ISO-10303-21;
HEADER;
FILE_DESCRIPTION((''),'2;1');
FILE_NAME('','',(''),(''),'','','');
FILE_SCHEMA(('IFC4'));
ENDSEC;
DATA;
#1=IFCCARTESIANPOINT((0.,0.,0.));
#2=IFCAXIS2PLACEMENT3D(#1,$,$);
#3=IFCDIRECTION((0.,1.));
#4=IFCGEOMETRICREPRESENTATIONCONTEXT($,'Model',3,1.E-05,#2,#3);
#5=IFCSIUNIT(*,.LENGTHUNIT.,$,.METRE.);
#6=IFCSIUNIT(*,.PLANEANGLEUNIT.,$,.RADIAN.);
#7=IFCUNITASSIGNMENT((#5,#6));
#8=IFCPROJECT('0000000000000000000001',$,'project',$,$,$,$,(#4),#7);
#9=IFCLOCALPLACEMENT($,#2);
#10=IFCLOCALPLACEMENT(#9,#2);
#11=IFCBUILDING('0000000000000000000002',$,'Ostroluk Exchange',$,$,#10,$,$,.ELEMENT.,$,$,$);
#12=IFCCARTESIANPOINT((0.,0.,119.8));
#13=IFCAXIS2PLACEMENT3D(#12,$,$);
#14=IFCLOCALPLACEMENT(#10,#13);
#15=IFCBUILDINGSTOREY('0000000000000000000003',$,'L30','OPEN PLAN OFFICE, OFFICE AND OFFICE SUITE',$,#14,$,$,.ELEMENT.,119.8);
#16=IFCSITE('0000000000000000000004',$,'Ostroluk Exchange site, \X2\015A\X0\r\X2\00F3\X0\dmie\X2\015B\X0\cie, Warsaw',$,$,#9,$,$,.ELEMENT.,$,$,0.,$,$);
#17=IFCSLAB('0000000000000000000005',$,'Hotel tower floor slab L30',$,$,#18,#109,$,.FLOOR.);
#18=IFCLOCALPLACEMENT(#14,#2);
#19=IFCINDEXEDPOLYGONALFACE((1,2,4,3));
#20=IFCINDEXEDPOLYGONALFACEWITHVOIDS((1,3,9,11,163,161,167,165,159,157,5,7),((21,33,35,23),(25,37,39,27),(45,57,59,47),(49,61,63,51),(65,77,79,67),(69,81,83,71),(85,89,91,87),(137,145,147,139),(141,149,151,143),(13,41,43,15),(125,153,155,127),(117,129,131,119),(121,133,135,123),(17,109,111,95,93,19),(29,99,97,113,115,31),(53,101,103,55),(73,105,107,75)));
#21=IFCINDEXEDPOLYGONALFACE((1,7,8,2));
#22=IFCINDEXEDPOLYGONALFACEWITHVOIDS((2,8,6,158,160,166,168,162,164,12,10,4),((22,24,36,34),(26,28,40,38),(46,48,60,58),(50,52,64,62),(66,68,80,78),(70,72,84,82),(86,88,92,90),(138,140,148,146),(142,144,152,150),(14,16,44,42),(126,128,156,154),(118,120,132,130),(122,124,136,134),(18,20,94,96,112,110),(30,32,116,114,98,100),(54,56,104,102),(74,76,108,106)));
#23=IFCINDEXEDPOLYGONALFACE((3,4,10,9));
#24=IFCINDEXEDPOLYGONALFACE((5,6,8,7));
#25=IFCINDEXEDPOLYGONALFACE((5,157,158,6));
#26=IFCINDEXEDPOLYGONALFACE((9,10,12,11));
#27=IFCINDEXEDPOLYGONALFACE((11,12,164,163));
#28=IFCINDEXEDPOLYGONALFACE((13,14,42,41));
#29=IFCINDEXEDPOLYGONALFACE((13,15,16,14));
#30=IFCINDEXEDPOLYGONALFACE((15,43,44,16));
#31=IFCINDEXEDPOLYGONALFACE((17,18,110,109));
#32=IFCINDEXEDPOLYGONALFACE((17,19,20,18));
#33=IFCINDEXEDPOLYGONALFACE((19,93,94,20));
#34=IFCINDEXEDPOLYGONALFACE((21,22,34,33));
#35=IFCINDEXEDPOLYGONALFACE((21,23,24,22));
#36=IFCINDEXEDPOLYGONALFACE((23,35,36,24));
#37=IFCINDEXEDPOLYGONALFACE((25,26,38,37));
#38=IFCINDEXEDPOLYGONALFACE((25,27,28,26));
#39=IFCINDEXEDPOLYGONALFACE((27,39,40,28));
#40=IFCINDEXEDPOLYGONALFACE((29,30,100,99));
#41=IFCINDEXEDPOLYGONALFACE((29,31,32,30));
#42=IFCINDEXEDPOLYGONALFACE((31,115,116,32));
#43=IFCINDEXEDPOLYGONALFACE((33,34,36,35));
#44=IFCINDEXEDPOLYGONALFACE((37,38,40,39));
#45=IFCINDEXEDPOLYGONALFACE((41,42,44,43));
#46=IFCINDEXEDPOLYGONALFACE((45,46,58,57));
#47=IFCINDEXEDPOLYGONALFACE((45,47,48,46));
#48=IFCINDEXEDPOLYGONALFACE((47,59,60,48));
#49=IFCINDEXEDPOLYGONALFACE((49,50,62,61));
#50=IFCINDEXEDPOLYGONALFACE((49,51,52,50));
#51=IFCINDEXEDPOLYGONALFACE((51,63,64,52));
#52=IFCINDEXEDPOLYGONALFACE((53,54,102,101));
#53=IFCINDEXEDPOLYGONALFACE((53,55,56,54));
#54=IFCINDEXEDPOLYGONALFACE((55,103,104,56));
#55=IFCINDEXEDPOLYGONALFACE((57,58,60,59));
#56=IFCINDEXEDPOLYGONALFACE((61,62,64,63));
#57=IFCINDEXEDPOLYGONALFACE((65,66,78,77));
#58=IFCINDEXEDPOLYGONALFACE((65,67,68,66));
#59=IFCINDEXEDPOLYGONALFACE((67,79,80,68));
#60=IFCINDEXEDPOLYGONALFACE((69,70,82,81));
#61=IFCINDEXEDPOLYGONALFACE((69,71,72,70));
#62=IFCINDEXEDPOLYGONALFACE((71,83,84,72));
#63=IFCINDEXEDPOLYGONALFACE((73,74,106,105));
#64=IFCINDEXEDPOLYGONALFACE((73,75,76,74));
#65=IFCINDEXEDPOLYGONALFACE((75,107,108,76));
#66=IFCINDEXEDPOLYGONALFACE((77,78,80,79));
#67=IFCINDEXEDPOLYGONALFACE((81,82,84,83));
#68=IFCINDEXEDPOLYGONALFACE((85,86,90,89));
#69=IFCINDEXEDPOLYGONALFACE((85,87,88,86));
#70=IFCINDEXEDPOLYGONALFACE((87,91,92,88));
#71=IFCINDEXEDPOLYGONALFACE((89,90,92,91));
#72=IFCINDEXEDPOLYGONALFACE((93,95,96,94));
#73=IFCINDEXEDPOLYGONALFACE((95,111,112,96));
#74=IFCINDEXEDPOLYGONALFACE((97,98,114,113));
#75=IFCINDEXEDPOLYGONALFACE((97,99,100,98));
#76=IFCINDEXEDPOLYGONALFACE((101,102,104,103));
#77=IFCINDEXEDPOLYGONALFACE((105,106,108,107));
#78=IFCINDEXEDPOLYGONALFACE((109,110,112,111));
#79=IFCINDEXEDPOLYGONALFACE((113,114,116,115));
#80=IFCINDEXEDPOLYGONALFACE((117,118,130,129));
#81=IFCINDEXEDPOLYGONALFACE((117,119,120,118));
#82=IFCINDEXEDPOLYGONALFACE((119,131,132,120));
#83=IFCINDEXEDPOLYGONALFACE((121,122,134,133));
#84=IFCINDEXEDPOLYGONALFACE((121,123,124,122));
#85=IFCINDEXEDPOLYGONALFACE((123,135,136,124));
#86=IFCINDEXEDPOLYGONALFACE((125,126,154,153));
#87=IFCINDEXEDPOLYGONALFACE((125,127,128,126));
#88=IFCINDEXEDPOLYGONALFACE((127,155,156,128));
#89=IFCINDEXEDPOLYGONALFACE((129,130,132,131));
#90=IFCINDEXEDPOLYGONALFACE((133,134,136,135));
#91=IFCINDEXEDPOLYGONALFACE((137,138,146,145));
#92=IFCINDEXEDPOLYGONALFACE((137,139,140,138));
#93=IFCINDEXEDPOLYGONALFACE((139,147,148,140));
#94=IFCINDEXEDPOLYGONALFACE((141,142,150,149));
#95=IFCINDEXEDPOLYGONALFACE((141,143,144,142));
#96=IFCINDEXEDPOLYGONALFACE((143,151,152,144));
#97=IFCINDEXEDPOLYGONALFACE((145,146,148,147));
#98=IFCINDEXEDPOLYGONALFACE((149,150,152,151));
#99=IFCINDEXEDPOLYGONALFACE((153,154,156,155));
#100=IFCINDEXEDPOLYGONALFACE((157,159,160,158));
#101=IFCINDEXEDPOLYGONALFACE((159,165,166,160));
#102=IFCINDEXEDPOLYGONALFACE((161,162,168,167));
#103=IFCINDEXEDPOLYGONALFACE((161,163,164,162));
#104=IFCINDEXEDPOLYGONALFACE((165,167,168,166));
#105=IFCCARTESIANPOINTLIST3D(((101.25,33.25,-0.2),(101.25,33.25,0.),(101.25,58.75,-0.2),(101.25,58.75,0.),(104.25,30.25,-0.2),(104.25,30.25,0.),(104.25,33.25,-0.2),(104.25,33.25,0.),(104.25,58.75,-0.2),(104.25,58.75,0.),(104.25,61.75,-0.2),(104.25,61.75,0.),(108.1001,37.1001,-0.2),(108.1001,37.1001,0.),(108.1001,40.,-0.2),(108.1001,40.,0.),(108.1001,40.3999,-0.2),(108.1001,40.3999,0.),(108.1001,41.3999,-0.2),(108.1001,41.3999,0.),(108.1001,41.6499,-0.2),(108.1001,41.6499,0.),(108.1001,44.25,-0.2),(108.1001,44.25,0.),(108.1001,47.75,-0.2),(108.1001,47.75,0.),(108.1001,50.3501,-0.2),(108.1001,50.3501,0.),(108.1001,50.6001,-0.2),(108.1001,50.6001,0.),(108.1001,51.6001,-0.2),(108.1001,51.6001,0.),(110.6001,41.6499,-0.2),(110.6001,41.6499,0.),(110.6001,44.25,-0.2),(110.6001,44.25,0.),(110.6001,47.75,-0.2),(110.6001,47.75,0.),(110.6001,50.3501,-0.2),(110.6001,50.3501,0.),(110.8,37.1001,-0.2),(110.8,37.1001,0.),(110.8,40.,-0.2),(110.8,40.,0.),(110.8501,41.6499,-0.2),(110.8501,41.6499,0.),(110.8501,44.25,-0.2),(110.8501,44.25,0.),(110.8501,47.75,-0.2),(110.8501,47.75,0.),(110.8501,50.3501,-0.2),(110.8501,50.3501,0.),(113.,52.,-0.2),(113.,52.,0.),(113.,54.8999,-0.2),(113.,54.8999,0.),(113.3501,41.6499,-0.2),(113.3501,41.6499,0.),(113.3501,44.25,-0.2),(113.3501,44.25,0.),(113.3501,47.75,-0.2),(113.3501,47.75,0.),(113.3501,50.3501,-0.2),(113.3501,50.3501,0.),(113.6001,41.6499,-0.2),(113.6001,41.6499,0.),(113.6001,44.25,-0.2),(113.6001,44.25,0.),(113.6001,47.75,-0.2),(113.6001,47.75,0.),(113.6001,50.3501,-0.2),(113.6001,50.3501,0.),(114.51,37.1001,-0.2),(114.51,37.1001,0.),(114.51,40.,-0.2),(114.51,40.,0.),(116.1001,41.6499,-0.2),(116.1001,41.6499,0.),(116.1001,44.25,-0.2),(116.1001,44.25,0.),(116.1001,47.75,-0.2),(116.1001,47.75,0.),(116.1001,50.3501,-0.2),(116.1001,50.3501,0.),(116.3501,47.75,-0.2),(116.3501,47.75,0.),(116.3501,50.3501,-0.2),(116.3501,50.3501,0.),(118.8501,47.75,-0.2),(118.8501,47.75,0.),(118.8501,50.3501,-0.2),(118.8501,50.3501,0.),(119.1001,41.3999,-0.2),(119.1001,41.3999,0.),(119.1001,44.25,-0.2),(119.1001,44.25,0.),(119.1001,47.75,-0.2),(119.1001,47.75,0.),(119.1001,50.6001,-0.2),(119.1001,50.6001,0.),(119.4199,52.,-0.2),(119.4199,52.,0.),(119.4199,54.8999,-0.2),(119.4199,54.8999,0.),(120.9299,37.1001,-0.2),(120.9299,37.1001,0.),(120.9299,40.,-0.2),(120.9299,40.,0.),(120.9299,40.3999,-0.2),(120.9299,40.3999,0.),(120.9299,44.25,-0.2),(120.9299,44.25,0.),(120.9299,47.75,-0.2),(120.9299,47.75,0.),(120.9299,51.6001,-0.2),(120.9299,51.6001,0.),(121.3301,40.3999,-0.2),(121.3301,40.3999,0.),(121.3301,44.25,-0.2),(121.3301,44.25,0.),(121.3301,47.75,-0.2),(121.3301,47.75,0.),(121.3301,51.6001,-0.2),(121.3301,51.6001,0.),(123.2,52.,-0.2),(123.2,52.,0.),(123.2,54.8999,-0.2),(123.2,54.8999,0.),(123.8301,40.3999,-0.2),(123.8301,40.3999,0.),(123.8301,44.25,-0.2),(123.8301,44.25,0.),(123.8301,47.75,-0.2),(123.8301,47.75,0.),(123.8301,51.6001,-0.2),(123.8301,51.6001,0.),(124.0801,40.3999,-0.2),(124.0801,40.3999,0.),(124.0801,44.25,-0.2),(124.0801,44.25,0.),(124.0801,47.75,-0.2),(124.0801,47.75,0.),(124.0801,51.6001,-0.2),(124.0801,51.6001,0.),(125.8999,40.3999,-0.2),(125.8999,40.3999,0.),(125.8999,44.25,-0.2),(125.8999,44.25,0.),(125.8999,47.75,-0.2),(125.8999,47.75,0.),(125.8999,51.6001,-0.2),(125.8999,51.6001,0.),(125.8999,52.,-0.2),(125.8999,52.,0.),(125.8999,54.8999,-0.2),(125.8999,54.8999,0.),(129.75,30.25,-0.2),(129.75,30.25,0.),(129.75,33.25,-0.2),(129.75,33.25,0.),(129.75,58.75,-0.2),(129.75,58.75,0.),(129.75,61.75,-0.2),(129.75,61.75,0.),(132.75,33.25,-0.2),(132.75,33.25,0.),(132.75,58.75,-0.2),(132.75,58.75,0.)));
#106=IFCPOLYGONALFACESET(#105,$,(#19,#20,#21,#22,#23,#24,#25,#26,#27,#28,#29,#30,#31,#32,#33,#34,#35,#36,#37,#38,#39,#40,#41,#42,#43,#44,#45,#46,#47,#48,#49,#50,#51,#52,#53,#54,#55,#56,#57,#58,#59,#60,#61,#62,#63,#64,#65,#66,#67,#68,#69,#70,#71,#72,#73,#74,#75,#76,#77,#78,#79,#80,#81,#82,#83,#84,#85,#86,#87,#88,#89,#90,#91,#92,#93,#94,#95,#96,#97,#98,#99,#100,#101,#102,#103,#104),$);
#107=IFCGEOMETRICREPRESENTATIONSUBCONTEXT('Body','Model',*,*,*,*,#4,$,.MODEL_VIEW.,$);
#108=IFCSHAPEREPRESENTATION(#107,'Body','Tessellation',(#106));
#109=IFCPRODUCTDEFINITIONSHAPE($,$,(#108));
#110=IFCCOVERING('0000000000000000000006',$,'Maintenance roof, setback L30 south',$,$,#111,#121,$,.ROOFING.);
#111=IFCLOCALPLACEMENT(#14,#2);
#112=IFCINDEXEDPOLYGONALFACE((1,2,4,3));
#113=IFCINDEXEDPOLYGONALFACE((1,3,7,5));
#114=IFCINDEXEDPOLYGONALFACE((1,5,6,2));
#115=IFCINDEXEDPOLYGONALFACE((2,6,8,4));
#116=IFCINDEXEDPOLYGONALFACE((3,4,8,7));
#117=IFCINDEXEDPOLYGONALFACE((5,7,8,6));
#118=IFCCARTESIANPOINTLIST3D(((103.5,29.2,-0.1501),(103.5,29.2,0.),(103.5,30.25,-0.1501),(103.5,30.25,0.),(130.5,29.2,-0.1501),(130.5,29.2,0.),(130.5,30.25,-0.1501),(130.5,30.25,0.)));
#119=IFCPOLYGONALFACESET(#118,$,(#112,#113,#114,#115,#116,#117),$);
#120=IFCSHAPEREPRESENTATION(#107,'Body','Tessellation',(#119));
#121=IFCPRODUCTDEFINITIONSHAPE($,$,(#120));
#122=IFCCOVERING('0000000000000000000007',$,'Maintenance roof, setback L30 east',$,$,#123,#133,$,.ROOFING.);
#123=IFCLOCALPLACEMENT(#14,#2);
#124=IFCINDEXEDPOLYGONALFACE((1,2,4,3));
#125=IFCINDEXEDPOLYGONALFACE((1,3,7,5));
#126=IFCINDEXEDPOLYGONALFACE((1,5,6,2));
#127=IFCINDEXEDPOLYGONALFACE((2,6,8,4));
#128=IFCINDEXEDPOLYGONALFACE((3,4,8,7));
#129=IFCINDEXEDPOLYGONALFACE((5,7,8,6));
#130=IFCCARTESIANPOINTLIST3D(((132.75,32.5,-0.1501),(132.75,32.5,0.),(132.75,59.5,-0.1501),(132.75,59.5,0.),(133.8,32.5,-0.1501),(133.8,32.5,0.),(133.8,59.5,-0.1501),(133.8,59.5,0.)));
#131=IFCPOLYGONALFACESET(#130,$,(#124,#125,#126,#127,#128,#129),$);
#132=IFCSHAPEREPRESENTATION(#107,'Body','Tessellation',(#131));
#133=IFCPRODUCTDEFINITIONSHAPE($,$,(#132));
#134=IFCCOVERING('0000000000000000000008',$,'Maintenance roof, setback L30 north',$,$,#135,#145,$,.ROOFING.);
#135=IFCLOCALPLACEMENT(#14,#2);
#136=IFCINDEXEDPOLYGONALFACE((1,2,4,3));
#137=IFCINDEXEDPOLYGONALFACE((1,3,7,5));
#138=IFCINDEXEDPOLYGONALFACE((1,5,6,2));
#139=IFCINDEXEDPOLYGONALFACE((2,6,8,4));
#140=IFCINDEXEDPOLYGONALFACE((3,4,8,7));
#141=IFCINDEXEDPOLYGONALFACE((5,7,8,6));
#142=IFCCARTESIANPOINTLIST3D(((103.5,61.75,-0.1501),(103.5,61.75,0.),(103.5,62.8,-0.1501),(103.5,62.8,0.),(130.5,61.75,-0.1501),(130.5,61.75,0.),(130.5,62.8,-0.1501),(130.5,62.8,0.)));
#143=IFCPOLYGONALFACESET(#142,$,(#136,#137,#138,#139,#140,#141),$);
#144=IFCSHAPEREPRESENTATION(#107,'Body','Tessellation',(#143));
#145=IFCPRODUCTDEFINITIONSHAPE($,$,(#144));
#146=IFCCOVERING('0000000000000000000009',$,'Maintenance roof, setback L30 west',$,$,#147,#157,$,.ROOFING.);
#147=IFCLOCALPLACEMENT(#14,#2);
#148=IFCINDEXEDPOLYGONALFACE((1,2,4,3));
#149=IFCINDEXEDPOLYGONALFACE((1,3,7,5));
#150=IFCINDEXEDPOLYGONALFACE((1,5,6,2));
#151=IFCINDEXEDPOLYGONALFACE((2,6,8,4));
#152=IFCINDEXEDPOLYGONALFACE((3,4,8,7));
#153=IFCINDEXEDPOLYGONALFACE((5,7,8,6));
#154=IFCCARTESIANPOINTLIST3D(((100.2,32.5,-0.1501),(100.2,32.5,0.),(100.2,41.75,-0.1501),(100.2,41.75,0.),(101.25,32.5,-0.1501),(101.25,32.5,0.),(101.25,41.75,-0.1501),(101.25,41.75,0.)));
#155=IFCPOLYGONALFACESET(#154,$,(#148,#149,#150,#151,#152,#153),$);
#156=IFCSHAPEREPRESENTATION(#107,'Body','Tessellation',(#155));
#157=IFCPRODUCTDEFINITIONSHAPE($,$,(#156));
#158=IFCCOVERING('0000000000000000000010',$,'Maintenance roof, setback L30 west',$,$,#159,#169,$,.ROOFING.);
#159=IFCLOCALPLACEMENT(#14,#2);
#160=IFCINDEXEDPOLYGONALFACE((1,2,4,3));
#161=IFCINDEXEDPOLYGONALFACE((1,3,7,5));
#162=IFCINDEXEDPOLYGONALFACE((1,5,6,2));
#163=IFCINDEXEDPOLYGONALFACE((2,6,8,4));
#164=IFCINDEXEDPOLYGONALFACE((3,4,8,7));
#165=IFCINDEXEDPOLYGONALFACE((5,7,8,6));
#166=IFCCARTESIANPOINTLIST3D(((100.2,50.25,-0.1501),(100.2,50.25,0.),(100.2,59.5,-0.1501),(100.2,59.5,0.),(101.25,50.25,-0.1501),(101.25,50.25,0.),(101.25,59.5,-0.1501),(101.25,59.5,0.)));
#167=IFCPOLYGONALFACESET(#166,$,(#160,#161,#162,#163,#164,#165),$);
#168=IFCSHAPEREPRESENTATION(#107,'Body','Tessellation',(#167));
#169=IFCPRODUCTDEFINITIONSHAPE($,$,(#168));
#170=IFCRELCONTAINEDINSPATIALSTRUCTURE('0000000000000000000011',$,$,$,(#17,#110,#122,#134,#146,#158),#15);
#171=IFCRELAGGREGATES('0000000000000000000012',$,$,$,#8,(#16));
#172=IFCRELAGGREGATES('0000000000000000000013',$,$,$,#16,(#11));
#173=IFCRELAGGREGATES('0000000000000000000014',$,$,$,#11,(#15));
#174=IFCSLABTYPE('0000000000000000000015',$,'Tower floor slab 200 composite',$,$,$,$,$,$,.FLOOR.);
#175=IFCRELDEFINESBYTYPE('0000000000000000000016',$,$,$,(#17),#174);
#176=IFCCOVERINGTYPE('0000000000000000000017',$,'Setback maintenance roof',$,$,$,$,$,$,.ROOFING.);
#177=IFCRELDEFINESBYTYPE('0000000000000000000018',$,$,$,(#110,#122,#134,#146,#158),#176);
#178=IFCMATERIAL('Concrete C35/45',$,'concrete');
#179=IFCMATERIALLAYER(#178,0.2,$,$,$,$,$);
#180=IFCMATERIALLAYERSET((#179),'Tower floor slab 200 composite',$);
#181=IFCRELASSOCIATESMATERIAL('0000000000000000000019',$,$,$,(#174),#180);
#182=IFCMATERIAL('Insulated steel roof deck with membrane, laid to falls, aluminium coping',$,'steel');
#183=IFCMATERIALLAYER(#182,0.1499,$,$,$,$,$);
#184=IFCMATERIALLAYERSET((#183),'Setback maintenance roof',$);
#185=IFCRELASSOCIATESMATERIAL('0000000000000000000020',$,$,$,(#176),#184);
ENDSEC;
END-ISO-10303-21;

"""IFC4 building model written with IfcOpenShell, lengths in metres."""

from ifc_helpers import new_model, si_unit, direction, frame, origin, place, context, subcontext, project, spatial, polyline, outline, extrude, material, layer, layer_set, type_object, element, save


model = new_model("IFC4")

# Units and contexts
model_context = context("Model", 3, precision=1e-05, world=origin(), true_north=direction((0.0, 1.0)))
body_context = subcontext(model_context, "Body", "Model", "MODEL_VIEW")
ifc_project = project(units=[si_unit("LENGTHUNIT", "METRE"), si_unit("PLANEANGLEUNIT", "RADIAN")], contexts=[model_context])

# Site, building, storey
site_placement = place(None, origin())
site = spatial("IfcSite", under=ifc_project, at=site_placement, Name="Ostroluk Exchange site, Śródmieście, Warsaw", CompositionType="ELEMENT", RefElevation=0.0)
building_placement = place(site_placement, origin())
building = spatial("IfcBuilding", under=site, at=building_placement, Name="Ostroluk Exchange", CompositionType="ELEMENT")
storey_placement = place(building_placement, frame((0.0, 0.0, 119.8)))
storey = spatial("IfcBuildingStorey", under=building, at=storey_placement, Name="L30", Description="OPEN PLAN OFFICE, OFFICE AND OFFICE SUITE", CompositionType="ELEMENT", Elevation=119.8)

# Slab
ifc_material_1 = material(Name="Concrete C35/45", Category="concrete")
ifc_layer_1 = layer(ifc_material_1, 0.2)
ifc_layer_set_1 = layer_set([ifc_layer_1], Name="Tower floor slab 200 composite")
slab_type_1 = type_object("IfcSlabType", Name="Tower floor slab 200 composite", PredefinedType="FLOOR", material=ifc_layer_set_1)
slab_1_placement = place(storey_placement, frame((0.0, 0.0, -0.2)))
element("IfcSlab", 1, at=slab_1_placement, inside=storey, type_object=slab_type_1, Name="Hotel tower floor slab L30", PredefinedType="FLOOR", context=body_context, shape_type="SweptSolid", body=[
    extrude(outline(polyline([(104.25, 30.25), (129.75, 30.25), (129.75, 33.25), (132.75, 33.25), (132.75, 58.75), (129.75, 58.75), (129.75, 61.75), (104.25, 61.75), (104.25, 58.75), (101.25, 58.75), (101.25, 33.25), (104.25, 33.25), (104.25, 30.25)]), holes=[polyline([(108.1001, 37.1001), (110.8, 37.1001), (110.8, 40.0), (108.1001, 40.0), (108.1001, 37.1001)]), polyline([(114.51, 37.1001), (120.9299, 37.1001), (120.9299, 40.0), (114.51, 40.0), (114.51, 37.1001)]), polyline([(113.0, 52.0), (119.4199, 52.0), (119.4199, 54.8999), (113.0, 54.8999), (113.0, 52.0)]), polyline([(123.2, 52.0), (125.8999, 52.0), (125.8999, 54.8999), (123.2, 54.8999), (123.2, 52.0)]), polyline([(108.1001, 47.75), (110.6001, 47.75), (110.6001, 50.3501), (108.1001, 50.3501), (108.1001, 47.75)]), polyline([(110.8501, 47.75), (113.3501, 47.75), (113.3501, 50.3501), (110.8501, 50.3501), (110.8501, 47.75)]), polyline([(113.6001, 47.75), (116.1001, 47.75), (116.1001, 50.3501), (113.6001, 50.3501), (113.6001, 47.75)]), polyline([(116.3501, 47.75), (118.8501, 47.75), (118.8501, 50.3501), (116.3501, 50.3501), (116.3501, 47.75)]), polyline([(108.1001, 41.6499), (110.6001, 41.6499), (110.6001, 44.25), (108.1001, 44.25), (108.1001, 41.6499)]), polyline([(110.8501, 41.6499), (113.3501, 41.6499), (113.3501, 44.25), (110.8501, 44.25), (110.8501, 41.6499)]), polyline([(113.6001, 41.6499), (116.1001, 41.6499), (116.1001, 44.25), (113.6001, 44.25), (113.6001, 41.6499)]), polyline([(121.3301, 47.75), (123.8301, 47.75), (123.8301, 51.6001), (121.3301, 51.6001), (121.3301, 47.75)]), polyline([(121.3301, 40.3999), (123.8301, 40.3999), (123.8301, 44.25), (121.3301, 44.25), (121.3301, 40.3999)]), polyline([(120.9299, 51.6001), (120.9299, 47.75), (119.1001, 47.75), (119.1001, 50.6001), (108.1001, 50.6001), (108.1001, 51.6001), (120.9299, 51.6001)]), polyline([(108.1001, 40.3999), (108.1001, 41.3999), (119.1001, 41.3999), (119.1001, 44.25), (120.9299, 44.25), (120.9299, 40.3999), (108.1001, 40.3999)]), polyline([(124.0801, 47.75), (125.8999, 47.75), (125.8999, 51.6001), (124.0801, 51.6001), (124.0801, 47.75)]), polyline([(124.0801, 40.3999), (125.8999, 40.3999), (125.8999, 44.25), (124.0801, 44.25), (124.0801, 40.3999)])]), origin(), (0.0, 0.0, 1.0), 0.2),
])

# Coverings
ifc_material_2 = material(Name="Insulated steel roof deck with membrane, laid to falls, aluminium coping", Category="steel")
ifc_layer_2 = layer(ifc_material_2, 0.1499)
ifc_layer_set_2 = layer_set([ifc_layer_2], Name="Setback maintenance roof")
covering_type = type_object("IfcCoveringType", Name="Setback maintenance roof", PredefinedType="ROOFING", material=ifc_layer_set_2)
covering_1_placement = place(storey_placement, frame((0.0, 0.0, -0.1501)))
element("IfcCovering", 2, at=covering_1_placement, inside=storey, type_object=covering_type, Name="Maintenance roof, setback L30 south", PredefinedType="ROOFING", context=body_context, shape_type="SweptSolid", body=[
    extrude(outline(polyline([(103.5, 30.25), (130.5, 30.25), (130.5, 29.2), (103.5, 29.2), (103.5, 30.25)])), origin(), (0.0, 0.0, 1.0), 0.1501),
])
covering_2_placement = place(storey_placement, frame((0.0, 0.0, -0.1501)))
element("IfcCovering", 3, at=covering_2_placement, inside=storey, type_object=covering_type, Name="Maintenance roof, setback L30 east", PredefinedType="ROOFING", context=body_context, shape_type="SweptSolid", body=[
    extrude(outline(polyline([(132.75, 59.5), (133.8, 59.5), (133.8, 32.5), (132.75, 32.5), (132.75, 59.5)])), origin(), (0.0, 0.0, 1.0), 0.1501),
])
covering_3_placement = place(storey_placement, frame((0.0, 0.0, -0.1501)))
element("IfcCovering", 4, at=covering_3_placement, inside=storey, type_object=covering_type, Name="Maintenance roof, setback L30 north", PredefinedType="ROOFING", context=body_context, shape_type="SweptSolid", body=[
    extrude(outline(polyline([(103.5, 62.8), (130.5, 62.8), (130.5, 61.75), (103.5, 61.75), (103.5, 62.8)])), origin(), (0.0, 0.0, 1.0), 0.1501),
])
covering_4_placement = place(storey_placement, frame((0.0, 0.0, -0.1501)))
element("IfcCovering", 5, at=covering_4_placement, inside=storey, type_object=covering_type, Name="Maintenance roof, setback L30 west", PredefinedType="ROOFING", context=body_context, shape_type="SweptSolid", body=[
    extrude(outline(polyline([(100.2, 41.75), (101.25, 41.75), (101.25, 32.5), (100.2, 32.5), (100.2, 41.75)])), origin(), (0.0, 0.0, 1.0), 0.1501),
])
covering_5_placement = place(storey_placement, frame((0.0, 0.0, -0.1501)))
element("IfcCovering", 6, at=covering_5_placement, inside=storey, type_object=covering_type, Name="Maintenance roof, setback L30 west", PredefinedType="ROOFING", context=body_context, shape_type="SweptSolid", body=[
    extrude(outline(polyline([(100.2, 59.5), (101.25, 59.5), (101.25, 50.25), (100.2, 50.25), (100.2, 59.5)])), origin(), (0.0, 0.0, 1.0), 0.1501),
])

save(model, "model.ifc")
